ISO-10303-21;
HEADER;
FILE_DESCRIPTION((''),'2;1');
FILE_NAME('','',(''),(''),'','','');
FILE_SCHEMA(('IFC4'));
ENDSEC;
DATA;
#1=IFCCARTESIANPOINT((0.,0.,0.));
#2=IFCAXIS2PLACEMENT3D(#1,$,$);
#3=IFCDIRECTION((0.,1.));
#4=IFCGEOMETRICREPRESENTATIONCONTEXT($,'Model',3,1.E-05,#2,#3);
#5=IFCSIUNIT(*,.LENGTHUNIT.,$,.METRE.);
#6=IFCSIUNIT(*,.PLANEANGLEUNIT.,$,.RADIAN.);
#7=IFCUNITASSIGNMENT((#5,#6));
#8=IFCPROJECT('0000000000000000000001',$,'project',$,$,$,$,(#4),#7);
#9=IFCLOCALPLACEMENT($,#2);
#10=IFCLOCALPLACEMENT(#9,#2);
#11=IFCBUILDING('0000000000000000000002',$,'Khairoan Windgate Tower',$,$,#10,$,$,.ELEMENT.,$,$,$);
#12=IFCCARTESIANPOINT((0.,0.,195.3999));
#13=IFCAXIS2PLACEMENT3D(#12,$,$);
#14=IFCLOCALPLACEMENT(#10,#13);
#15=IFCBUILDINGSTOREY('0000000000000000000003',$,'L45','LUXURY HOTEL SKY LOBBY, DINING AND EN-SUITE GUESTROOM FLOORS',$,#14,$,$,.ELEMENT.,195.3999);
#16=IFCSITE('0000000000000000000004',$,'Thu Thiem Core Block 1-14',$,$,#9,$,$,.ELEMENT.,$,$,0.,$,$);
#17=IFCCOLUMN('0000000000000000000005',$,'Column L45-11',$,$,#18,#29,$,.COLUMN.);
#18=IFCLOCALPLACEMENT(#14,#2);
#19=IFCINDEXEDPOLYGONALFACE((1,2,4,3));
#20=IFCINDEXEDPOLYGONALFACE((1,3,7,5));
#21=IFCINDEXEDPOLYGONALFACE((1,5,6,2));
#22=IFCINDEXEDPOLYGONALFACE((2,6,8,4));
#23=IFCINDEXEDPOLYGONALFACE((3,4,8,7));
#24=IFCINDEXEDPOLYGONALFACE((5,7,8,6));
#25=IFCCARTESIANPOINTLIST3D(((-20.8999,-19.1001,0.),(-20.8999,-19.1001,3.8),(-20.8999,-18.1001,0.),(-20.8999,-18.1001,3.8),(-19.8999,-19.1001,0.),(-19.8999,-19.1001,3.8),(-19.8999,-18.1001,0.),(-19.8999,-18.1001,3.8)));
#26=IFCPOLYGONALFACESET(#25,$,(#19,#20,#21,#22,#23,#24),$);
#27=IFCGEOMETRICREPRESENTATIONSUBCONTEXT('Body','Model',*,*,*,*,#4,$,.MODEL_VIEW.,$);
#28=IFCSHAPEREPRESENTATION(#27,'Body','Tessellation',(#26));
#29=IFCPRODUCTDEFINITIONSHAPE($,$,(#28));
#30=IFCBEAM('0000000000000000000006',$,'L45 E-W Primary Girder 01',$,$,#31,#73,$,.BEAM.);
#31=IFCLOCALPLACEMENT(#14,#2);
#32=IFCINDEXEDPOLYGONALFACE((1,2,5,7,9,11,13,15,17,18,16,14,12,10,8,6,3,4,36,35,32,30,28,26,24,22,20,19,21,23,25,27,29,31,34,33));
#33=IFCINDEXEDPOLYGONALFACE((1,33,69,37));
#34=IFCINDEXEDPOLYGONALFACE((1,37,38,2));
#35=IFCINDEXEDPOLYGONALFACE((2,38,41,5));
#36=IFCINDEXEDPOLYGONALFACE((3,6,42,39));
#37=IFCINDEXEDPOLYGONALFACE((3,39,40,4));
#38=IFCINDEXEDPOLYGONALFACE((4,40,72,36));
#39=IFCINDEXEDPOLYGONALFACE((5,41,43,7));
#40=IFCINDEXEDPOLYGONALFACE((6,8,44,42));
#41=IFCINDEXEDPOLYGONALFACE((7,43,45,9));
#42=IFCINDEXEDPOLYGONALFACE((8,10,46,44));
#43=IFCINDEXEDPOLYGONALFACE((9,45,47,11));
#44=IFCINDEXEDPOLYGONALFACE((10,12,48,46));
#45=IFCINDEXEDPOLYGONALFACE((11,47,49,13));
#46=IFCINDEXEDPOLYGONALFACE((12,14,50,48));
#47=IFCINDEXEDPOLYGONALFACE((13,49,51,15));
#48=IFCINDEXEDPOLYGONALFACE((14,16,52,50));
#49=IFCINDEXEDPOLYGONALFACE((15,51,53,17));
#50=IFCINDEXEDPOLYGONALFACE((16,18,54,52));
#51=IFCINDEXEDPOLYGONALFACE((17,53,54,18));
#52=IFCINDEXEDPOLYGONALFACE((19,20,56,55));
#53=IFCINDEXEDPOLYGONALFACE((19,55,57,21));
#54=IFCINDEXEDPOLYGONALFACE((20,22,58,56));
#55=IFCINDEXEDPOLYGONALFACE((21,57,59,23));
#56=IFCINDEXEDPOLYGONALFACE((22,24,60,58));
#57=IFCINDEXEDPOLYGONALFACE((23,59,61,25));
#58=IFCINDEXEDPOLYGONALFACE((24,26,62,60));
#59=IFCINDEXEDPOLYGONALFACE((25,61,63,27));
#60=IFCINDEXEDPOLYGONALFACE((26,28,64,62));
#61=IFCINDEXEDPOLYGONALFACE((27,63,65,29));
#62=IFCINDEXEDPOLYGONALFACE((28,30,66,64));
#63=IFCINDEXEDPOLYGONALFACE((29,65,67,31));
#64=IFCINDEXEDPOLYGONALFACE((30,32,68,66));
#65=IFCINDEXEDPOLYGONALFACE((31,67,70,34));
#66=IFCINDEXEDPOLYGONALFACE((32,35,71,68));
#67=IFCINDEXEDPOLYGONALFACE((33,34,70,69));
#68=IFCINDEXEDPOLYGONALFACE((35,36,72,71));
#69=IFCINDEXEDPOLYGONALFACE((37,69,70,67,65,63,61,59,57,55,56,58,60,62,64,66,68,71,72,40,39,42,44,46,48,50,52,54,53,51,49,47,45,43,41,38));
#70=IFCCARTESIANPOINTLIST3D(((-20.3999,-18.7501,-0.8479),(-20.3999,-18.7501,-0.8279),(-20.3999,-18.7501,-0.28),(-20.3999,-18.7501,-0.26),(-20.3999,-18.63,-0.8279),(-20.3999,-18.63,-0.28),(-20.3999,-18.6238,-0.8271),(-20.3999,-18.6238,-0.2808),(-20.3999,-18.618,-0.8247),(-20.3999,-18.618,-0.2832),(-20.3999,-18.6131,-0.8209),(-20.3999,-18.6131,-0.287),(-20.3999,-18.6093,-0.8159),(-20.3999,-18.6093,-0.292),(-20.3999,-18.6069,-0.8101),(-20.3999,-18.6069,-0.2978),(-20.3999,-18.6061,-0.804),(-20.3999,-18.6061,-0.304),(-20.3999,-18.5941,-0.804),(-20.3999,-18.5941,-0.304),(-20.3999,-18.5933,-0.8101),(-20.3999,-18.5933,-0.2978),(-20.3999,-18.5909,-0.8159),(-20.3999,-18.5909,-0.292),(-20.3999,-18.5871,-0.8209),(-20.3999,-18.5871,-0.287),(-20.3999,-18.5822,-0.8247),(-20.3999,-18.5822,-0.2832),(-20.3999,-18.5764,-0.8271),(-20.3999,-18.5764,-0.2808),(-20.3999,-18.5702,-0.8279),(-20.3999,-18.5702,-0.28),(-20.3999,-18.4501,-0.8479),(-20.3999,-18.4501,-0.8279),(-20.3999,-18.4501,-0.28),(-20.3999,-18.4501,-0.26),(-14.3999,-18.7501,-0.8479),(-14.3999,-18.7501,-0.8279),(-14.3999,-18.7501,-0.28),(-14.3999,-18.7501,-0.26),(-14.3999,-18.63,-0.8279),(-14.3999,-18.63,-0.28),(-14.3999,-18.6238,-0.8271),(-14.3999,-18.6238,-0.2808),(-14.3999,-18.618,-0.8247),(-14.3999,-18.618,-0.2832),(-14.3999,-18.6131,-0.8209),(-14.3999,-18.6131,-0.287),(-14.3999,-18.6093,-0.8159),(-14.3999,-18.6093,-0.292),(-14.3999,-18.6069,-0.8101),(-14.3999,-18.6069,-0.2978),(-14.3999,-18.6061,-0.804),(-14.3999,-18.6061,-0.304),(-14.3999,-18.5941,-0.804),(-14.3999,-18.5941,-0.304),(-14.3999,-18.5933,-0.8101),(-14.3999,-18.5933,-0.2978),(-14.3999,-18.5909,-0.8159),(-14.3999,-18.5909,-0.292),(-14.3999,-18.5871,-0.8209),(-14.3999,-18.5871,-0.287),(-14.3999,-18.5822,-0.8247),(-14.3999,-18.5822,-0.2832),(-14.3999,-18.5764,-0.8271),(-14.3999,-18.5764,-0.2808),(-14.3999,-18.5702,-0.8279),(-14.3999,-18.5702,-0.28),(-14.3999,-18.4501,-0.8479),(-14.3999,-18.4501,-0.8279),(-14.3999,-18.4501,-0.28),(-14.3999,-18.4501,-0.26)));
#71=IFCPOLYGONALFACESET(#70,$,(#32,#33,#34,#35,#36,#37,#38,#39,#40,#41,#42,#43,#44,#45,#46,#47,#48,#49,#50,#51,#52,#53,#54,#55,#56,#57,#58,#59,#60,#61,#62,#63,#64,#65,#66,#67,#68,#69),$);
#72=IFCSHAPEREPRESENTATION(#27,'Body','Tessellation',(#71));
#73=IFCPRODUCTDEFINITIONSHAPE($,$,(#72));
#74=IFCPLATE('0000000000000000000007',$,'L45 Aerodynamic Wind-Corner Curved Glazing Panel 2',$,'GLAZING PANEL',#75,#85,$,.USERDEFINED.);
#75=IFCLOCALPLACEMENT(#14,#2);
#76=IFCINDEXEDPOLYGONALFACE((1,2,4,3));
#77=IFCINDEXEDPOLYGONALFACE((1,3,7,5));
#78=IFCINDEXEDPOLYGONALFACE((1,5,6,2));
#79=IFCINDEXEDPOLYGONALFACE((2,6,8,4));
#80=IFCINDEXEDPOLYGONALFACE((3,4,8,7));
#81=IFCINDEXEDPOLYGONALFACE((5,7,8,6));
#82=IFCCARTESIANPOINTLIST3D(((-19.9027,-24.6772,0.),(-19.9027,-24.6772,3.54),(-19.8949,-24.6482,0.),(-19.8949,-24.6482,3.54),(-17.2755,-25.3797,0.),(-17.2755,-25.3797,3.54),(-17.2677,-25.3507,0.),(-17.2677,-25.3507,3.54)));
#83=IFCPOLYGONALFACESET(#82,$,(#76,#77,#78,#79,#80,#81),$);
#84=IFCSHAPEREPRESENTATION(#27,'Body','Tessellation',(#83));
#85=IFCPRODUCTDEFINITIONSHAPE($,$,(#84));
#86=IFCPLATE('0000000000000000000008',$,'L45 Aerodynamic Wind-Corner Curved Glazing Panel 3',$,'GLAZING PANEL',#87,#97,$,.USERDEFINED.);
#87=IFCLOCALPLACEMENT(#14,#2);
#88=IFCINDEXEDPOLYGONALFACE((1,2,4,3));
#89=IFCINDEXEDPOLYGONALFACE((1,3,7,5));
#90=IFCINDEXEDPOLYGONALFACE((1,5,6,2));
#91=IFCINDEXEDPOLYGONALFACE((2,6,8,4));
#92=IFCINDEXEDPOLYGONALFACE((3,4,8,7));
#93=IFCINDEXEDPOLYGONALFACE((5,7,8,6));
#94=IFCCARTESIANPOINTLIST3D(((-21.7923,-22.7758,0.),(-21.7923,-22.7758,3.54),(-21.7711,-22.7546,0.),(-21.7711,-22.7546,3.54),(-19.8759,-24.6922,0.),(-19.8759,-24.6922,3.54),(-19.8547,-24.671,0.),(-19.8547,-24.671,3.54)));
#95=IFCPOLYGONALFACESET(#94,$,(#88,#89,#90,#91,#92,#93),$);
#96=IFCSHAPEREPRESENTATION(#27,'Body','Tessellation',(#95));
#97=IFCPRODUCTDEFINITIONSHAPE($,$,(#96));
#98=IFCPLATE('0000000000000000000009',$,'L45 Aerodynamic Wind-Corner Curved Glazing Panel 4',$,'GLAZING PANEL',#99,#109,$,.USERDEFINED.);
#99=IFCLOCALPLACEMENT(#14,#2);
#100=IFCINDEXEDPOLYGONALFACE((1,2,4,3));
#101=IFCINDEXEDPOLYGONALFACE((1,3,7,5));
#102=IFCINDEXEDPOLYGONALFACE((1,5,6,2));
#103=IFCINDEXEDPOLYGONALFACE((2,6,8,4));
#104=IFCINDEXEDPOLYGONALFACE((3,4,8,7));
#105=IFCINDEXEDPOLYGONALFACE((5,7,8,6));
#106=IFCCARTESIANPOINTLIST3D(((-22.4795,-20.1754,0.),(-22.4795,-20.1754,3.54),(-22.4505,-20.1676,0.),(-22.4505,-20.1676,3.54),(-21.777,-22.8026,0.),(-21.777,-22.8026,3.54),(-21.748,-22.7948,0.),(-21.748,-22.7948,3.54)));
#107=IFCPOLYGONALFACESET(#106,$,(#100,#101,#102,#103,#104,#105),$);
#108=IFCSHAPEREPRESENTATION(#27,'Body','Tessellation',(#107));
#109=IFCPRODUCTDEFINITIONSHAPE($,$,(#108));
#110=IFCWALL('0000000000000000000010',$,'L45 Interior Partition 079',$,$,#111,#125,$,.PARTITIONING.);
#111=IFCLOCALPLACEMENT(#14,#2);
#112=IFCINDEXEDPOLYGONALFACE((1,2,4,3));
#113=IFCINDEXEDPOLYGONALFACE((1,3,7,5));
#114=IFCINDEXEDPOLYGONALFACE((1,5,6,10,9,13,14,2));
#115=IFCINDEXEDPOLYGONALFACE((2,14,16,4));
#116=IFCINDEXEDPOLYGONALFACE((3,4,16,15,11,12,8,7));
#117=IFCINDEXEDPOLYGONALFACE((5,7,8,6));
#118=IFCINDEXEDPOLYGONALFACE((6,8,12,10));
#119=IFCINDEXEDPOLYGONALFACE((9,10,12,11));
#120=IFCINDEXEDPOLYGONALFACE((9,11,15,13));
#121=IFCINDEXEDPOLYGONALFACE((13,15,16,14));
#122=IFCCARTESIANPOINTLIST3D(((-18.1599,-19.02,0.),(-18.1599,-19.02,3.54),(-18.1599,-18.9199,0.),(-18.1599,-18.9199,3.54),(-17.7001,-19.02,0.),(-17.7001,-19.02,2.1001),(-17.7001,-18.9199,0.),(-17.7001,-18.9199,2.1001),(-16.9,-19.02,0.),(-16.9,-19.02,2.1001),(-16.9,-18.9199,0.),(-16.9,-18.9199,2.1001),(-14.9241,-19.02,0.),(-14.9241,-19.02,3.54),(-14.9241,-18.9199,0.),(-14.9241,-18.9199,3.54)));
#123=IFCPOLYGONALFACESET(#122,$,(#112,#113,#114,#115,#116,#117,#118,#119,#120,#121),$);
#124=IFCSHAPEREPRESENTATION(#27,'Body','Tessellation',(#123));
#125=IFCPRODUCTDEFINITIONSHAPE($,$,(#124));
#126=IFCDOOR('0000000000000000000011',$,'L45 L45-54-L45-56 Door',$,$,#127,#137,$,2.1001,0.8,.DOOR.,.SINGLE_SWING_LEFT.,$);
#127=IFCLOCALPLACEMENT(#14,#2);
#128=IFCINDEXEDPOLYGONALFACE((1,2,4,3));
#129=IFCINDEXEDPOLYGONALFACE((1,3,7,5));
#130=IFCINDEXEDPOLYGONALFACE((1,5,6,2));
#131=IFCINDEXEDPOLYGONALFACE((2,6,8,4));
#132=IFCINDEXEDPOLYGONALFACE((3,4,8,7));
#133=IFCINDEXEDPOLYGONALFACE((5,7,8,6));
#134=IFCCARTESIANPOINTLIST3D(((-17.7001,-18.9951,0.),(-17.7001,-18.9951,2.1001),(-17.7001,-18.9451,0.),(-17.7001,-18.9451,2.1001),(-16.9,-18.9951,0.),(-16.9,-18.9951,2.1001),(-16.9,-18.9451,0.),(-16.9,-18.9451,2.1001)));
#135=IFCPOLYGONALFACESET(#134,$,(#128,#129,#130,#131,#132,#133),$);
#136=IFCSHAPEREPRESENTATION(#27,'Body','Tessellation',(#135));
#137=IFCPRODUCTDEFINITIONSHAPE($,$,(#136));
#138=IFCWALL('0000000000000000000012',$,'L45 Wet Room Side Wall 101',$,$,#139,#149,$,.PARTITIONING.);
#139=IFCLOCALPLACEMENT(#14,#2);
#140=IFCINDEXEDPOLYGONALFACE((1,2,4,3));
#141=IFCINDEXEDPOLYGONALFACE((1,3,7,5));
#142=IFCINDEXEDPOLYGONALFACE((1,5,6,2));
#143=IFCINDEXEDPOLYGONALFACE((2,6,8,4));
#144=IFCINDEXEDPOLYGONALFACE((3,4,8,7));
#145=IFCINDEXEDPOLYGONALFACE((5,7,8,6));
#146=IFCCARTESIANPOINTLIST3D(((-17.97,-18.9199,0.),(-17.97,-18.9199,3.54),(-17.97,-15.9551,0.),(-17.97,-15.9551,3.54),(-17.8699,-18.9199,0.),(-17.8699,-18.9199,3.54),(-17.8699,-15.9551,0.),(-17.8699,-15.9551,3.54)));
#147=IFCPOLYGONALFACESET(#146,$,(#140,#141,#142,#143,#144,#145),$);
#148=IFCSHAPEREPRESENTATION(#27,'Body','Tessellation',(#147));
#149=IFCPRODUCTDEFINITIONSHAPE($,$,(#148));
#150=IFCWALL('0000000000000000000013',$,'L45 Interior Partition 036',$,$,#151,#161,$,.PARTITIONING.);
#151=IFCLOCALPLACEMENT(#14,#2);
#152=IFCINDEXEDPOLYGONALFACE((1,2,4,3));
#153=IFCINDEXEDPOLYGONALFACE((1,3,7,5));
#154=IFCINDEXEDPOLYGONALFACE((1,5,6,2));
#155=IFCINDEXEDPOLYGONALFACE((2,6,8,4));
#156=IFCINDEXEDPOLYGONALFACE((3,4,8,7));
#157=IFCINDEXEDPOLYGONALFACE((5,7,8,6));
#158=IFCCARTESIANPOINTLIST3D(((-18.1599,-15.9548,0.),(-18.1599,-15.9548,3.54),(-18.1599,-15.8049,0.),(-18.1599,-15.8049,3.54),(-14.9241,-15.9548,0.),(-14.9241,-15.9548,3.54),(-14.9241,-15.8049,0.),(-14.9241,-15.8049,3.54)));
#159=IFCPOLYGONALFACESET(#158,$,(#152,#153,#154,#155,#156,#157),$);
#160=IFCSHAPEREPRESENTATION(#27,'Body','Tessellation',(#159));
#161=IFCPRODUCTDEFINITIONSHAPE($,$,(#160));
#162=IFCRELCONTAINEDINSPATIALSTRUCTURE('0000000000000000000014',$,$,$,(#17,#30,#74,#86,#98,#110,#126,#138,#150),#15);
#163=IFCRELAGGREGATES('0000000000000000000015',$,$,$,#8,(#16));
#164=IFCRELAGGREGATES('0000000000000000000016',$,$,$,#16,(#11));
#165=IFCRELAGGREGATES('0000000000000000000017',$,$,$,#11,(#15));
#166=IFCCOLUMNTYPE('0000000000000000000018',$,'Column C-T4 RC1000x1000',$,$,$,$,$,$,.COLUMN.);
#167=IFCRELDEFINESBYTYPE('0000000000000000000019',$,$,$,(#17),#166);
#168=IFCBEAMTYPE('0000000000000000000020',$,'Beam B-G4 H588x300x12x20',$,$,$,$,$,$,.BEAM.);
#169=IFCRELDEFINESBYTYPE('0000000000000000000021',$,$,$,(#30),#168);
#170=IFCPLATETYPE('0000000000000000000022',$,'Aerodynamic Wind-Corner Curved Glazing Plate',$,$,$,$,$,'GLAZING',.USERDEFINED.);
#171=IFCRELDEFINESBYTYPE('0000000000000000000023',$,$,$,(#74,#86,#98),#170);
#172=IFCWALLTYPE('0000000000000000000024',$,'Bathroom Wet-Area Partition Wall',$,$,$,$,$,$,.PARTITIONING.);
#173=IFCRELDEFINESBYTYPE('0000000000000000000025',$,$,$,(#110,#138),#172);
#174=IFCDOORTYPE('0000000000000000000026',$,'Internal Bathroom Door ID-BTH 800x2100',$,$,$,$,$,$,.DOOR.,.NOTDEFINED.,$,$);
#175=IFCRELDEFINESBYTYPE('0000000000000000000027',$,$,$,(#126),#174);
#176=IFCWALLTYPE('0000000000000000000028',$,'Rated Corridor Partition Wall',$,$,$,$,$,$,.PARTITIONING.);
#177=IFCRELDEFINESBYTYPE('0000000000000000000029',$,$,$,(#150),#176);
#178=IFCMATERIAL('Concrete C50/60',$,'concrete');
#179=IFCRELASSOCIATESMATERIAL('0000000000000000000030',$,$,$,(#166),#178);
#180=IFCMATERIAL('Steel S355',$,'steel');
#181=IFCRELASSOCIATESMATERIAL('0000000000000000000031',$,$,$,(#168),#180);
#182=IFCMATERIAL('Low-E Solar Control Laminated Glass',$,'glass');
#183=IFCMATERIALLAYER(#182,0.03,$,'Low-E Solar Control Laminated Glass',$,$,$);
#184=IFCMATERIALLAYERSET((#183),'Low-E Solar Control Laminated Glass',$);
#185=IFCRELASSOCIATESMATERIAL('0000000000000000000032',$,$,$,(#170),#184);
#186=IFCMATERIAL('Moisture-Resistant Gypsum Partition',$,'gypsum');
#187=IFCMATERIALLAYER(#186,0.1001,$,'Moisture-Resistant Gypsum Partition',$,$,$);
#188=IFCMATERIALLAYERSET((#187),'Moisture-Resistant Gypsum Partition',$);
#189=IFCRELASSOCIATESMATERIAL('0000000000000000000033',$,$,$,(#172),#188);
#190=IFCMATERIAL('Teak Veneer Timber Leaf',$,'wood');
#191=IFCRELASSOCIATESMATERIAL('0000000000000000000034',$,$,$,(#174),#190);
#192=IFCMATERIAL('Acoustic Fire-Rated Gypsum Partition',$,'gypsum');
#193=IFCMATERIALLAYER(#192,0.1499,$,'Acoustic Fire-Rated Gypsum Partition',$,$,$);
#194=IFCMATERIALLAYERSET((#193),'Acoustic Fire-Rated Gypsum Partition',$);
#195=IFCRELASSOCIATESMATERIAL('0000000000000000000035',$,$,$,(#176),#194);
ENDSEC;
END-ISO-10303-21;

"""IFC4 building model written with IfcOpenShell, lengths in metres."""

from ifc_helpers import new_model, si_unit, direction, frame, frame_2d, origin, origin_2d, place, context, subcontext, project, spatial, rectangle, i_section, extrude, material, layer, layer_set, material_profile, profile_set, type_object, element, fill, save


model = new_model("IFC4")

# Units and contexts
model_context = context("Model", 3, precision=1e-05, world=origin(), true_north=direction((0.0, 1.0)))
body_context = subcontext(model_context, "Body", "Model", "MODEL_VIEW")
ifc_project = project(units=[si_unit("LENGTHUNIT", "METRE"), si_unit("PLANEANGLEUNIT", "RADIAN")], contexts=[model_context])

# Site, building, storey
site_placement = place(None, origin())
site = spatial("IfcSite", under=ifc_project, at=site_placement, Name="Thu Thiem Core Block 1-14", CompositionType="ELEMENT", RefElevation=0.0)
building_placement = place(site_placement, origin())
building = spatial("IfcBuilding", under=site, at=building_placement, Name="Khairoan Windgate Tower", CompositionType="ELEMENT")
storey_placement = place(building_placement, frame((0.0, 0.0, 195.3999)))
storey = spatial("IfcBuildingStorey", under=building, at=storey_placement, Name="L45", Description="LUXURY HOTEL SKY LOBBY, DINING AND EN-SUITE GUESTROOM FLOORS", CompositionType="ELEMENT", Elevation=195.3999)

# Column
ifc_material_1 = material(Name="Concrete C50/60", Category="concrete")
ifc_material_profile_1 = material_profile(ifc_material_1, rectangle(XDim=1.0, YDim=1.0, at=origin_2d()))
ifc_profile_set_1 = profile_set([ifc_material_profile_1], Name="Concrete C50/60")
column_type = type_object("IfcColumnType", Name="Column C-T4 RC1000x1000", PredefinedType="COLUMN", material=ifc_profile_set_1)
column_placement = place(storey_placement, frame((-20.3999, -18.6001, 0.0), z_axis=(0.0, 0.0, 1.0), x_axis=(1.0, 0.0, 0.0)))
element("IfcColumn", 1, at=column_placement, inside=storey, type_object=column_type, Name="Column L45-11", PredefinedType="COLUMN", context=body_context, shape_type="SweptSolid", body=[
    extrude(rectangle(XDim=1.0, YDim=1.0, at=origin_2d()), origin(), (0.0, 0.0, 1.0), 3.8),
])

# Beam
ifc_material_2 = material(Name="Steel S355", Category="steel")
ifc_material_profile_2 = material_profile(ifc_material_2, i_section(OverallWidth=0.3, OverallDepth=0.5879, WebThickness=0.012, FlangeThickness=0.02, FilletRadius=0.0239, at=origin_2d()))
ifc_profile_set_2 = profile_set([ifc_material_profile_2], Name="Steel S355")
beam_type = type_object("IfcBeamType", Name="Beam B-G4 H588x300x12x20", PredefinedType="BEAM", material=ifc_profile_set_2)
beam_placement = place(storey_placement, frame((-20.3999, -18.6001, -0.554), z_axis=(1.0, 0.0, 0.0), x_axis=(0.0, 1.0, 0.0)))
element("IfcBeam", 2, at=beam_placement, inside=storey, type_object=beam_type, Name="L45 E-W Primary Girder 01", PredefinedType="BEAM", context=body_context, shape_type="SweptSolid", body=[
    extrude(i_section(OverallWidth=0.3, OverallDepth=0.5879, WebThickness=0.012, FlangeThickness=0.02, FilletRadius=0.0239, at=origin_2d()), origin(), (0.0, 0.0, 1.0), 6.0),
])

# Plates
ifc_material_3 = material(Name="Low-E Solar Control Laminated Glass", Category="glass")
ifc_layer_1 = layer(ifc_material_3, 0.03, Name="Low-E Solar Control Laminated Glass")
ifc_layer_set_1 = layer_set([ifc_layer_1], Name="Low-E Solar Control Laminated Glass")
plate_type_1 = type_object("IfcPlateType", Name="Aerodynamic Wind-Corner Curved Glazing Plate", ElementType="GLAZING", PredefinedType="USERDEFINED", material=ifc_layer_set_1)
plate_1_placement = place(storey_placement, frame((-18.5852, -25.0139, 0.0), z_axis=(0.0, 0.0, 1.0), x_axis=(-0.966061, 0.258313, 0.0)))
element("IfcPlate", 3, at=plate_1_placement, inside=storey, type_object=plate_type_1, Name="L45 Aerodynamic Wind-Corner Curved Glazing Panel 2", ObjectType="GLAZING PANEL", PredefinedType="USERDEFINED", context=body_context, shape_type="SweptSolid", body=[
    extrude(rectangle(XDim=2.7195, YDim=0.03, at=origin_2d()), origin(), (0.0, 0.0, 1.0), 3.54),
])
plate_2_placement = place(storey_placement, frame((-20.8235, -23.7234, 0.0), z_axis=(0.0, 0.0, 1.0), x_axis=(-0.707107, 0.707107, 0.0)))
element("IfcPlate", 4, at=plate_2_placement, inside=storey, type_object=plate_type_1, Name="L45 Aerodynamic Wind-Corner Curved Glazing Panel 3", ObjectType="GLAZING PANEL", PredefinedType="USERDEFINED", context=body_context, shape_type="SweptSolid", body=[
    extrude(rectangle(XDim=2.7102, YDim=0.03, at=origin_2d()), origin(), (0.0, 0.0, 1.0), 3.54),
])
plate_3_placement = place(storey_placement, frame((-22.1138, -21.4851, 0.0), z_axis=(0.0, 0.0, 1.0), x_axis=(-0.258313, 0.966061, 0.0)))
element("IfcPlate", 5, at=plate_3_placement, inside=storey, type_object=plate_type_1, Name="L45 Aerodynamic Wind-Corner Curved Glazing Panel 4", ObjectType="GLAZING PANEL", PredefinedType="USERDEFINED", context=body_context, shape_type="SweptSolid", body=[
    extrude(rectangle(XDim=2.7195, YDim=0.03, at=origin_2d()), origin(), (0.0, 0.0, 1.0), 3.54),
])

# Wall, opening, door
ifc_material_4 = material(Name="Moisture-Resistant Gypsum Partition", Category="gypsum")
ifc_layer_2 = layer(ifc_material_4, 0.1001, Name="Moisture-Resistant Gypsum Partition")
ifc_layer_set_2 = layer_set([ifc_layer_2], Name="Moisture-Resistant Gypsum Partition")
wall_type_1 = type_object("IfcWallType", Name="Bathroom Wet-Area Partition Wall", PredefinedType="PARTITIONING", material=ifc_layer_set_2)
wall_1_placement = place(storey_placement, frame((-18.1599, -18.97, 0.0), z_axis=(0.0, 0.0, 1.0), x_axis=(1.0, 0.0, 0.0)))
wall_1 = element("IfcWall", 6, at=wall_1_placement, inside=storey, type_object=wall_type_1, Name="L45 Interior Partition 079", PredefinedType="PARTITIONING", context=body_context, shape_type="SweptSolid", body=[
    extrude(rectangle(XDim=3.2358, YDim=0.1001, at=frame_2d((1.6179, 0.0))), origin(), (0.0, 0.0, 1.0), 3.54),
])
opening_1_placement = place(wall_1_placement, frame((0.46, 0.0, 0.0)))
opening_1 = element("IfcOpeningElement", 7, at=opening_1_placement, cuts=wall_1, PredefinedType="OPENING", context=body_context, shape_type="SweptSolid", body=[
    extrude(rectangle(XDim=0.8, YDim=2.1001, at=frame_2d((0.3999, 1.05))), frame((0.0, 0.0601, 0.0), z_axis=(0.0, -1.0, 0.0), x_axis=(1.0, 0.0, 0.0)), (0.0, 0.0, 1.0), 0.1201),
])
ifc_material_5 = material(Name="Teak Veneer Timber Leaf", Category="wood")
door_type_1 = type_object("IfcDoorType", Name="Internal Bathroom Door ID-BTH 800x2100", OperationType="NOTDEFINED", PredefinedType="DOOR", material=ifc_material_5)
door_1_placement = place(opening_1_placement, origin())
door_1 = element("IfcDoor", 8, at=door_1_placement, inside=storey, type_object=door_type_1, Name="L45 L45-54-L45-56 Door", OperationType="SINGLE_SWING_LEFT", OverallHeight=2.1001, OverallWidth=0.8, PredefinedType="DOOR", context=body_context, shape_type="SweptSolid", body=[
    extrude(rectangle(XDim=0.8, YDim=2.1001, at=frame_2d((0.3999, 1.05))), frame((0.0, 0.0249, 0.0), z_axis=(0.0, -1.0, 0.0), x_axis=(1.0, 0.0, 0.0)), (0.0, 0.0, 1.0), 0.05),
])
fill(opening_1, door_1)

# Wall
wall_2_placement = place(storey_placement, frame((-17.9199, -18.9199, 0.0), z_axis=(0.0, 0.0, 1.0), x_axis=(0.0, 1.0, 0.0)))
element("IfcWall", 9, at=wall_2_placement, inside=storey, type_object=wall_type_1, Name="L45 Wet Room Side Wall 101", PredefinedType="PARTITIONING", context=body_context, shape_type="SweptSolid", body=[
    extrude(rectangle(XDim=2.9648, YDim=0.1001, at=frame_2d((1.4824, 0.0))), origin(), (0.0, 0.0, 1.0), 3.54),
])

# Wall
ifc_material_6 = material(Name="Acoustic Fire-Rated Gypsum Partition", Category="gypsum")
ifc_layer_3 = layer(ifc_material_6, 0.1499, Name="Acoustic Fire-Rated Gypsum Partition")
ifc_layer_set_3 = layer_set([ifc_layer_3], Name="Acoustic Fire-Rated Gypsum Partition")
wall_type_2 = type_object("IfcWallType", Name="Rated Corridor Partition Wall", PredefinedType="PARTITIONING", material=ifc_layer_set_3)
wall_3_placement = place(storey_placement, frame((-18.1599, -15.8799, 0.0), z_axis=(0.0, 0.0, 1.0), x_axis=(1.0, 0.0, 0.0)))
element("IfcWall", 10, at=wall_3_placement, inside=storey, type_object=wall_type_2, Name="L45 Interior Partition 036", PredefinedType="PARTITIONING", context=body_context, shape_type="SweptSolid", body=[
    extrude(rectangle(XDim=3.2358, YDim=0.1499, at=frame_2d((1.6179, 0.0))), origin(), (0.0, 0.0, 1.0), 3.54),
])

save(model, "model.ifc")
